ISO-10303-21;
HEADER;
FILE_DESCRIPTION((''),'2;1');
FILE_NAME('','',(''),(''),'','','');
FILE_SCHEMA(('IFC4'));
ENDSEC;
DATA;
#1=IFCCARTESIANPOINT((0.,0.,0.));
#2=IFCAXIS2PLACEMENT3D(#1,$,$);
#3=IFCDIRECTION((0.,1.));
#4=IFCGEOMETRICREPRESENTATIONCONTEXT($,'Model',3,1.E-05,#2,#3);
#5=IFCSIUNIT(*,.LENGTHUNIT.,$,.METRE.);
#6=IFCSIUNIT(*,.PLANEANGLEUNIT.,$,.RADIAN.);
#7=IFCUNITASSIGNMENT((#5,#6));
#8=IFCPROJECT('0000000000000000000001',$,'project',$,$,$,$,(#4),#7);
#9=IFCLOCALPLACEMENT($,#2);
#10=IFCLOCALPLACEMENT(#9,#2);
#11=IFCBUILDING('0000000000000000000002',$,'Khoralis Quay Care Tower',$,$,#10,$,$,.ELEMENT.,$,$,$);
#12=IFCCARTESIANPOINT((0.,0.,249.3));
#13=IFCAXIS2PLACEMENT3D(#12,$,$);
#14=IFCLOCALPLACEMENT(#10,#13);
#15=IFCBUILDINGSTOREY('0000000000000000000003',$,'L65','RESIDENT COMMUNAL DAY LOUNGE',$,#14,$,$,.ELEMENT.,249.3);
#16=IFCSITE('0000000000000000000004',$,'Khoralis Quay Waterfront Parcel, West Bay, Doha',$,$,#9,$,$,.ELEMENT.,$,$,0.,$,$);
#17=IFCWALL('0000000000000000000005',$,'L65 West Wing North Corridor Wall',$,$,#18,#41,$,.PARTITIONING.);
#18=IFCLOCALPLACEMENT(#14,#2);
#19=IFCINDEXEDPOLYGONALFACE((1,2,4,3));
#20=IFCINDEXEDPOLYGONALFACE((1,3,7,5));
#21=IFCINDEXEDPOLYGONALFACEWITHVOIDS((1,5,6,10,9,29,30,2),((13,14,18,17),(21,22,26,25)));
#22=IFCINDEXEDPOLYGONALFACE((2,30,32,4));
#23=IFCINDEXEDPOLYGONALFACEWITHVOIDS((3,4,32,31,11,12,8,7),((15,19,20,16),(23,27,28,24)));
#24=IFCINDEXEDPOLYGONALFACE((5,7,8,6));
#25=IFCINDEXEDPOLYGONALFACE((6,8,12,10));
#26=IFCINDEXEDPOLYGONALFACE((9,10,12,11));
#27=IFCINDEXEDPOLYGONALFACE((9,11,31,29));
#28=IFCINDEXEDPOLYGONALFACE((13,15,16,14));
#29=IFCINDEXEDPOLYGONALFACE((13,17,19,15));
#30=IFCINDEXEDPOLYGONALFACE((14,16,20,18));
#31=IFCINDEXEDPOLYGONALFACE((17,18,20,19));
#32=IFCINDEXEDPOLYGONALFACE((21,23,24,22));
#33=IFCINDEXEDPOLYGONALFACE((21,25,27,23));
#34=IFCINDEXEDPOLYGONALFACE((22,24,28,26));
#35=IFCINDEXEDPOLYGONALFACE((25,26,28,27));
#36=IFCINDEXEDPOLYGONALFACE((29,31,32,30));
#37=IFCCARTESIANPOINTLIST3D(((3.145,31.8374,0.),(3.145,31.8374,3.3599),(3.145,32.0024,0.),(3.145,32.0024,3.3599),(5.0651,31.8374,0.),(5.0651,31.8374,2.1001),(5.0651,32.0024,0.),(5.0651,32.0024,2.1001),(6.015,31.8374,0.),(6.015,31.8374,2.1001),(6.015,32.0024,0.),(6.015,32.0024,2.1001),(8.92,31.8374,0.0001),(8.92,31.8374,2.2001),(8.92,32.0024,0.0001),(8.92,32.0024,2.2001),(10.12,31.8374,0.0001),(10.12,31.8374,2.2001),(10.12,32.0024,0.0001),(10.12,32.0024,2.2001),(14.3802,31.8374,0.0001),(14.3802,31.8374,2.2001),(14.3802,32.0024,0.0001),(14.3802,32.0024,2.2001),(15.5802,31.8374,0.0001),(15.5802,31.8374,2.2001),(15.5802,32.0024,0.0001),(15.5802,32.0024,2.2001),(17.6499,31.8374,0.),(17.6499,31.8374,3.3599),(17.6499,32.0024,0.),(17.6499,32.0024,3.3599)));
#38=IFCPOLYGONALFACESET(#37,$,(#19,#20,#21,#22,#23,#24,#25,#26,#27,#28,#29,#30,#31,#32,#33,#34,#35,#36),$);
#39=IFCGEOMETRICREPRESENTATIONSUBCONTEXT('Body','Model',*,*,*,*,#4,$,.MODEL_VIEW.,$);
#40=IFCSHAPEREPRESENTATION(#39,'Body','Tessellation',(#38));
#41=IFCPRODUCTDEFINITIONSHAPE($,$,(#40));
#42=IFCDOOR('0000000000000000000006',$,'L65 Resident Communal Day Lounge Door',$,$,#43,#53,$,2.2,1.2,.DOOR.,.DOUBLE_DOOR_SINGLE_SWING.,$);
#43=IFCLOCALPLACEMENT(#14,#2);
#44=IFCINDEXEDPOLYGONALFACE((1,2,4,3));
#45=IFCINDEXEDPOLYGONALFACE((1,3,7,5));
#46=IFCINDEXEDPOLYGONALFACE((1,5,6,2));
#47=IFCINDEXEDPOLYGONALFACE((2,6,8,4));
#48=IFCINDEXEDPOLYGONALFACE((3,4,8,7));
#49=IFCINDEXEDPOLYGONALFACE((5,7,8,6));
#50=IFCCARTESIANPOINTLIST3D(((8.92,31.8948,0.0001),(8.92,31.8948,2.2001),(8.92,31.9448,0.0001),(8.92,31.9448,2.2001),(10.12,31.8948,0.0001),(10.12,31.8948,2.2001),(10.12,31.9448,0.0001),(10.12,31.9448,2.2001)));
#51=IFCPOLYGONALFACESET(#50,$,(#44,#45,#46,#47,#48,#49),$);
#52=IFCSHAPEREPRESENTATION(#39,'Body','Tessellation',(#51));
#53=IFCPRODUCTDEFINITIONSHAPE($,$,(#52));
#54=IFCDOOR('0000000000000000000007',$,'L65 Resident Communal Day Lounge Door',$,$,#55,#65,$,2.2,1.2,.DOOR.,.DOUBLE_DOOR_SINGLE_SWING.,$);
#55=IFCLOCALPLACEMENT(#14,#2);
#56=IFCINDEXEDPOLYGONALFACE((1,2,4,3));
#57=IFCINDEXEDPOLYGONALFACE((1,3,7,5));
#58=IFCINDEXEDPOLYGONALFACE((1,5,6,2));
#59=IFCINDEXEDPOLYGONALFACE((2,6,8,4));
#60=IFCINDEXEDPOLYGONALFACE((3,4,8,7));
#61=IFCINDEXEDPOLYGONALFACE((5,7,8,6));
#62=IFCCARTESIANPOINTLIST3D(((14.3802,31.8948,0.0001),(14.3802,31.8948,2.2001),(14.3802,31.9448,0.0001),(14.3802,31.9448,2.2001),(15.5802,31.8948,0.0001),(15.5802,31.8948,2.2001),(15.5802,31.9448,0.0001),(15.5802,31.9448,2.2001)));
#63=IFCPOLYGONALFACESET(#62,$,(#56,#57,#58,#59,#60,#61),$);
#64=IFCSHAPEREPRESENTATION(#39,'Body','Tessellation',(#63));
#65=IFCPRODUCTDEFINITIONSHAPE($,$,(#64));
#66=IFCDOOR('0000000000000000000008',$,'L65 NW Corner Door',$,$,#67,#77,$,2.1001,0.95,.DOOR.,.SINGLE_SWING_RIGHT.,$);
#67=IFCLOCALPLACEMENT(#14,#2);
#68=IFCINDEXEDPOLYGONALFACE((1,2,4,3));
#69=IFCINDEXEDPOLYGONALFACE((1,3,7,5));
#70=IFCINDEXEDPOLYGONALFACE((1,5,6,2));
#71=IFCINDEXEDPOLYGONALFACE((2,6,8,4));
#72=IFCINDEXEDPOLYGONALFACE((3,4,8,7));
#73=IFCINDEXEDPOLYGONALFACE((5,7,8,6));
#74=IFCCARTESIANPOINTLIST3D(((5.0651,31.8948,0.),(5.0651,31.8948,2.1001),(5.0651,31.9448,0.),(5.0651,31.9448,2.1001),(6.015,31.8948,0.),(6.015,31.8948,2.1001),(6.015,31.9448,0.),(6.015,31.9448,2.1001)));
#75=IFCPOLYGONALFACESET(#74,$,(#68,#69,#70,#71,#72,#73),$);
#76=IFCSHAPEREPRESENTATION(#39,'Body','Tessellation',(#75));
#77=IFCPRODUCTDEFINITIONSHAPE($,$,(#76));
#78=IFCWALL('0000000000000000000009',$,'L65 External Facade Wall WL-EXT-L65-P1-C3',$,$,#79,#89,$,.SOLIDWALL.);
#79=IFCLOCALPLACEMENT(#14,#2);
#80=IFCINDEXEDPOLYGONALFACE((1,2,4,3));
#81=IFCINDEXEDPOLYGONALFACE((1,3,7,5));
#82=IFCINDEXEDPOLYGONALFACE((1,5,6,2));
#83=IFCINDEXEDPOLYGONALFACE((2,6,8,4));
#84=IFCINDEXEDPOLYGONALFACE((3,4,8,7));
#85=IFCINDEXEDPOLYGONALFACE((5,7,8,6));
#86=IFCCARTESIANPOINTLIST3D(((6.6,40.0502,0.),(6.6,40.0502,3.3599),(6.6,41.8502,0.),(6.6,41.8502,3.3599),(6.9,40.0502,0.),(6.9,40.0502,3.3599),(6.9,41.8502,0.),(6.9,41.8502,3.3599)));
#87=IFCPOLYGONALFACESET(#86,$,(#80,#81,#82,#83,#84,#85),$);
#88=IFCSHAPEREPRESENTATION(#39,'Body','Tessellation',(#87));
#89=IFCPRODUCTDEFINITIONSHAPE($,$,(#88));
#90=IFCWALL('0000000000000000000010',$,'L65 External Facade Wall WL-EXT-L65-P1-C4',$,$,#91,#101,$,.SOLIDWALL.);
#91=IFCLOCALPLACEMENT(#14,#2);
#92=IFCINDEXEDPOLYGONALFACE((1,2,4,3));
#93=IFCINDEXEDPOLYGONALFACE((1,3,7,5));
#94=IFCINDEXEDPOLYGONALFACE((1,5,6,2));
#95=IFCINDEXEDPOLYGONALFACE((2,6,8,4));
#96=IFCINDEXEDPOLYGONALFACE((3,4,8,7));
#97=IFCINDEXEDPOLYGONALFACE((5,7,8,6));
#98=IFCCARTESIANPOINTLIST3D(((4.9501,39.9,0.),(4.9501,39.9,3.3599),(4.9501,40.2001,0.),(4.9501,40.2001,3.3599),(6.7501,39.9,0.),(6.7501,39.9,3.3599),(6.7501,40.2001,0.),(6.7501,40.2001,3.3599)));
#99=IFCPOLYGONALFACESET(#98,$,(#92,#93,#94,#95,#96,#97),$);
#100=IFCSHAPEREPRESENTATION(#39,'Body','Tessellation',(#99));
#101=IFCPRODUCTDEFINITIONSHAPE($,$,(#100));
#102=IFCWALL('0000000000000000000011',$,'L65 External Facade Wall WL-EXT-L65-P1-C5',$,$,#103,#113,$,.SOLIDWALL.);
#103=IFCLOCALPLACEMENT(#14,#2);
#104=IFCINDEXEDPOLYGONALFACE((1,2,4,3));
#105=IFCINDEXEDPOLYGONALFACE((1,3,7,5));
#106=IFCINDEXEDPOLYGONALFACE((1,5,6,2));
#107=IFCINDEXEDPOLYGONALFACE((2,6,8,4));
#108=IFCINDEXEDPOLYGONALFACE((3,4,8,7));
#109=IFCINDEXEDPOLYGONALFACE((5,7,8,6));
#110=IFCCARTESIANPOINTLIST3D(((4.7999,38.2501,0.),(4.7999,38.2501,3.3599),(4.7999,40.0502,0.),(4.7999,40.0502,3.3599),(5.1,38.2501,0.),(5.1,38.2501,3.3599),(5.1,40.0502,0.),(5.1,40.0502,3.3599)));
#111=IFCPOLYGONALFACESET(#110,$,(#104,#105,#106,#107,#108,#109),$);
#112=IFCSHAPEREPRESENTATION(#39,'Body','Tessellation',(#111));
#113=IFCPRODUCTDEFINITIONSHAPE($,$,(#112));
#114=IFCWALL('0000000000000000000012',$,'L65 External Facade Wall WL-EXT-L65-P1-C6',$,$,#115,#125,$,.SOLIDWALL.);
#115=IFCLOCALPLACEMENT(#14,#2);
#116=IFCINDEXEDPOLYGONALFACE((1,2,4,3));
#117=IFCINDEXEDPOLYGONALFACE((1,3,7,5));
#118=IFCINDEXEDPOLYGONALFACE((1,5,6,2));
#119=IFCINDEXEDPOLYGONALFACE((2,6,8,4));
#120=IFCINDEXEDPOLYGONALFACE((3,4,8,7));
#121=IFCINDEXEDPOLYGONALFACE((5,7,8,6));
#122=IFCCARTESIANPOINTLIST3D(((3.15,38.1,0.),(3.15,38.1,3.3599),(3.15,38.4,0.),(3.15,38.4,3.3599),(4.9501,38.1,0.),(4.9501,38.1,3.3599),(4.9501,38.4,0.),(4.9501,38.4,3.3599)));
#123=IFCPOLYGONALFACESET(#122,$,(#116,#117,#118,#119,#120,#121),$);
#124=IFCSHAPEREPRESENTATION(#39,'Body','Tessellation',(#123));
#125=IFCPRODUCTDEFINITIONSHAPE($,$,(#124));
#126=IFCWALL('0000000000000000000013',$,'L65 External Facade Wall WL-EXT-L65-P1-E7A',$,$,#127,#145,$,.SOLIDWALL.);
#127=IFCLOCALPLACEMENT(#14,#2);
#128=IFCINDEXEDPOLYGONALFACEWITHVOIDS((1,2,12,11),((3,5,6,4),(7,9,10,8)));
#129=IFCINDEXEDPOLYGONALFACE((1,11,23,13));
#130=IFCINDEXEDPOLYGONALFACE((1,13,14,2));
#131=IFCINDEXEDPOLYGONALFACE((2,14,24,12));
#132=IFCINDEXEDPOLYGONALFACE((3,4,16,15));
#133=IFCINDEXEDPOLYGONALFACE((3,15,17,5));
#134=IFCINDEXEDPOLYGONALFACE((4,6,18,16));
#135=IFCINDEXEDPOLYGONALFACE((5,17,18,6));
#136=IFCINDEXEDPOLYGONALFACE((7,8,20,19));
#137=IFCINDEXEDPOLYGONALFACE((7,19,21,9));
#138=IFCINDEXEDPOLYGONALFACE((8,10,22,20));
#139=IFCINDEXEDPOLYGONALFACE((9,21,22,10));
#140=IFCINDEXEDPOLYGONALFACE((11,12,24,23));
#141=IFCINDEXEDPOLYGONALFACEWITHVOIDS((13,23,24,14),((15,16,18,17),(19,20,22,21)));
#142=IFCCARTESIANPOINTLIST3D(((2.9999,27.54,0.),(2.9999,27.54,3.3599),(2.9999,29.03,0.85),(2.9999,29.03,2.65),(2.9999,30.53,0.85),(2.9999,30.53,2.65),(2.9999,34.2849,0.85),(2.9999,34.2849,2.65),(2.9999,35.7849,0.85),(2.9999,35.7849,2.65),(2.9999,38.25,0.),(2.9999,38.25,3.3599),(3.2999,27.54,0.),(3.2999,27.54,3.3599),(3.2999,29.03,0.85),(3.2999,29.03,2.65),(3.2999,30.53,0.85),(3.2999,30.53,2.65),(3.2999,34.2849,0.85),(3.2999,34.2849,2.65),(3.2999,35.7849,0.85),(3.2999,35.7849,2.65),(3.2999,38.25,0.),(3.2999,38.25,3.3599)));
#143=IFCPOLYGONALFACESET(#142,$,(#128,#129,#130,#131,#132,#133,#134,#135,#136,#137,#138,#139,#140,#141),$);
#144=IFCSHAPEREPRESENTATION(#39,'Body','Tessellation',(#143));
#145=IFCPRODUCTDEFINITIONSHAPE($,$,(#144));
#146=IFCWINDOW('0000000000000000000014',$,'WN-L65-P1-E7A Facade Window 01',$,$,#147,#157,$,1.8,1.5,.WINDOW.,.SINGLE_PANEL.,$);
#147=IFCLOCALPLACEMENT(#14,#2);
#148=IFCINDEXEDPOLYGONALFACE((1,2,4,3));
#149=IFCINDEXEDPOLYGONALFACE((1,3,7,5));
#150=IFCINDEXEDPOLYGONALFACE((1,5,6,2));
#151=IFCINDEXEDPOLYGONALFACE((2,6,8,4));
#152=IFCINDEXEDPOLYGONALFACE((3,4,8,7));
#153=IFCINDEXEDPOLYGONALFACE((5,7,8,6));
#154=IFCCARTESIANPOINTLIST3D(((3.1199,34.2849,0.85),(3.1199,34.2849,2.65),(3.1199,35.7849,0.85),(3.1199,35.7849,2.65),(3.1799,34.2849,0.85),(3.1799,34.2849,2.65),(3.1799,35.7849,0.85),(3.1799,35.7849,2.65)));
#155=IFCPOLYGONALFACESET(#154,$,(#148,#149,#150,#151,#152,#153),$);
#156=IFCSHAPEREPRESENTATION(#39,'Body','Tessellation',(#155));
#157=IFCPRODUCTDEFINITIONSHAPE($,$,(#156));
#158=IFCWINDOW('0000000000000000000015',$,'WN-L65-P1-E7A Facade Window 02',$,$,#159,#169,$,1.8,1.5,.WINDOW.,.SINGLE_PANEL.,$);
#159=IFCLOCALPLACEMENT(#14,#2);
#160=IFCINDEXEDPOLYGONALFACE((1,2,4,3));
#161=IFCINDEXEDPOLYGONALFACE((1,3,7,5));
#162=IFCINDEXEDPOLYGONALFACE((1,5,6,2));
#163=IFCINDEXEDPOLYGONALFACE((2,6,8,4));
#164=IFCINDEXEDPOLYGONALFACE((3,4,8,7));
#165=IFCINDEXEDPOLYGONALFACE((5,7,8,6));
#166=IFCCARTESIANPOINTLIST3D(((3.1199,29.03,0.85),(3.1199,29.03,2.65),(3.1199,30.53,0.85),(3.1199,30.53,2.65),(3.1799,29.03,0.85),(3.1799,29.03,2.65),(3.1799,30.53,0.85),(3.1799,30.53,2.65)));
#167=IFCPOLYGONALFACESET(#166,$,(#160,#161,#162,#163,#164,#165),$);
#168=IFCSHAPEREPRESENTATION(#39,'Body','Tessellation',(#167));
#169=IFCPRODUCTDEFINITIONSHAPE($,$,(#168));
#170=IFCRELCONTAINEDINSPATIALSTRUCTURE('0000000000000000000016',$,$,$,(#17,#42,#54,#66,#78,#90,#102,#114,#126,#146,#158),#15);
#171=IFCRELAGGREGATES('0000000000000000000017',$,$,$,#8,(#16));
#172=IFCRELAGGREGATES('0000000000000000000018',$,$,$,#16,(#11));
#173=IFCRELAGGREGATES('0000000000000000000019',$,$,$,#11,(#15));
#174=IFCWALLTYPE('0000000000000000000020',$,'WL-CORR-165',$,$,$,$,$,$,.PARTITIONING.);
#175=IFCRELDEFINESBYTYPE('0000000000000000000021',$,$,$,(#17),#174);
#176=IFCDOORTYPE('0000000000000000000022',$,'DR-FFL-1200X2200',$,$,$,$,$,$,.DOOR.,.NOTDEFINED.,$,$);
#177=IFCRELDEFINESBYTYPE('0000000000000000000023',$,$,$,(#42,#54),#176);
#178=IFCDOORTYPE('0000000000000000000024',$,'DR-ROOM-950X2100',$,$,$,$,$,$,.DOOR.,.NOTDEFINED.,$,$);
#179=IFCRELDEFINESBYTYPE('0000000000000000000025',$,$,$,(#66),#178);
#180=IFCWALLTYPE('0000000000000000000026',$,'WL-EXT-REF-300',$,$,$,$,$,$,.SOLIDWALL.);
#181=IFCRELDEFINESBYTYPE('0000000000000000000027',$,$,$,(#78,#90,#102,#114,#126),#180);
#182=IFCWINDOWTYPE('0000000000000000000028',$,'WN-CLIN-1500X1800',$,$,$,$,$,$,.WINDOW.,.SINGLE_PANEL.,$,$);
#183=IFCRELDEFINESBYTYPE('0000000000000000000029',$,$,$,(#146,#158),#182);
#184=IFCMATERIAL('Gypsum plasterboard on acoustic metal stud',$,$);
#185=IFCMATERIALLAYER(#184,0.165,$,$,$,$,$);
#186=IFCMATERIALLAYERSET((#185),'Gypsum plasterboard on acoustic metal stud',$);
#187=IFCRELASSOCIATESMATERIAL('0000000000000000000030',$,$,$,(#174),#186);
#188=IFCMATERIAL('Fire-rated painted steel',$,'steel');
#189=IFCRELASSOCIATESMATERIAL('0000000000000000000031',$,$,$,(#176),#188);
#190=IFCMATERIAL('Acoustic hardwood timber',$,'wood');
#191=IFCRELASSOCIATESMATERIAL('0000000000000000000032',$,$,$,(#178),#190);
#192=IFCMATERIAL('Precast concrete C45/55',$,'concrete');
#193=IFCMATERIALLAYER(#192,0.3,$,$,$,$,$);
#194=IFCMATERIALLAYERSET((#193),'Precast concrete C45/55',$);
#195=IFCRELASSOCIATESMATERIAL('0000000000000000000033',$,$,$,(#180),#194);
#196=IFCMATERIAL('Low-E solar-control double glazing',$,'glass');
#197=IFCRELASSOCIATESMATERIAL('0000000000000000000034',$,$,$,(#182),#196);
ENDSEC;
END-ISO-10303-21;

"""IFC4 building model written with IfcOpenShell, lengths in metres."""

from ifc_helpers import new_model, si_unit, direction, frame, frame_2d, origin, place, context, subcontext, project, spatial, rectangle, extrude, source, transform, mapped, material, layer, layer_set, type_object, element, fill, save


model = new_model("IFC4")

# Units and contexts
model_context = context("Model", 3, precision=1e-05, world=origin(), true_north=direction((0.0, 1.0)))
body_context = subcontext(model_context, "Body", "Model", "MODEL_VIEW")
ifc_project = project(units=[si_unit("LENGTHUNIT", "METRE"), si_unit("PLANEANGLEUNIT", "RADIAN")], contexts=[model_context])

# Site, building, storey
site_placement = place(None, origin())
site = spatial("IfcSite", under=ifc_project, at=site_placement, Name="Khoralis Quay Waterfront Parcel, West Bay, Doha", CompositionType="ELEMENT", RefElevation=0.0)
building_placement = place(site_placement, origin())
building = spatial("IfcBuilding", under=site, at=building_placement, Name="Khoralis Quay Care Tower", CompositionType="ELEMENT")
storey_placement = place(building_placement, frame((0.0, 0.0, 249.3)))
storey = spatial("IfcBuildingStorey", under=building, at=storey_placement, Name="L65", Description="RESIDENT COMMUNAL DAY LOUNGE", CompositionType="ELEMENT", Elevation=249.3)

# Shared definitions
ifc_material_1 = material(Name="Gypsum plasterboard on acoustic metal stud")
ifc_layer_1 = layer(ifc_material_1, 0.165)
ifc_layer_set_1 = layer_set([ifc_layer_1], Name="Gypsum plasterboard on acoustic metal stud")
wall_type_1 = type_object("IfcWallType", Name="WL-CORR-165", PredefinedType="PARTITIONING", material=ifc_layer_set_1)
ifc_material_2 = material(Name="Fire-rated painted steel", Category="steel")
door_type_1 = type_object("IfcDoorType", Name="DR-FFL-1200X2200", OperationType="NOTDEFINED", PredefinedType="DOOR", material=ifc_material_2)
shared_shape_1 = source(origin(), body_context, "Body", "SweptSolid", [
    extrude(rectangle(XDim=1.2, YDim=2.2, at=frame_2d((0.6001, 1.1001))), frame((0.0, 0.0249, 0.0), z_axis=(0.0, -1.0, 0.0), x_axis=(1.0, 0.0, 0.0)), (0.0, 0.0, 1.0), 0.05),
])

# Wall, openings, doors
wall_1_placement = place(storey_placement, frame((3.145, 31.9199, 0.0), z_axis=(0.0, 0.0, 1.0), x_axis=(1.0, 0.0, 0.0)))
wall_1 = element("IfcWall", 1, at=wall_1_placement, inside=storey, type_object=wall_type_1, Name="L65 West Wing North Corridor Wall", PredefinedType="PARTITIONING", context=body_context, shape_type="SweptSolid", body=[
    extrude(rectangle(XDim=14.5049, YDim=0.165, at=frame_2d((7.2524, 0.0))), origin(), (0.0, 0.0, 1.0), 3.3599),
])
opening_1_placement = place(wall_1_placement, frame((5.7749, 0.0, 0.0)))
opening_1 = element("IfcOpeningElement", 2, at=opening_1_placement, cuts=wall_1, PredefinedType="OPENING", context=body_context, shape_type="SweptSolid", body=[
    extrude(rectangle(XDim=1.2, YDim=2.2, at=frame_2d((0.6001, 1.1001))), frame((0.0, 0.0925, 0.0), z_axis=(0.0, -1.0, 0.0), x_axis=(1.0, 0.0, 0.0)), (0.0, 0.0, 1.0), 0.1851),
])
opening_2_placement = place(wall_1_placement, frame((11.2351, 0.0, 0.0)))
opening_2 = element("IfcOpeningElement", 3, at=opening_2_placement, cuts=wall_1, PredefinedType="OPENING", context=body_context, shape_type="SweptSolid", body=[
    extrude(rectangle(XDim=1.2, YDim=2.2, at=frame_2d((0.6001, 1.1001))), frame((0.0, 0.0925, 0.0), z_axis=(0.0, -1.0, 0.0), x_axis=(1.0, 0.0, 0.0)), (0.0, 0.0, 1.0), 0.1851),
])
opening_3_placement = place(wall_1_placement, frame((1.9199, 0.0, 0.0)))
opening_3 = element("IfcOpeningElement", 4, at=opening_3_placement, cuts=wall_1, PredefinedType="OPENING", context=body_context, shape_type="SweptSolid", body=[
    extrude(rectangle(XDim=0.95, YDim=2.1001, at=frame_2d((0.4751, 1.05))), frame((0.0, 0.0925, 0.0), z_axis=(0.0, -1.0, 0.0), x_axis=(1.0, 0.0, 0.0)), (0.0, 0.0, 1.0), 0.1851),
])
door_1_placement = place(opening_1_placement, origin())
door_1 = element("IfcDoor", 5, at=door_1_placement, inside=storey, type_object=door_type_1, Name="L65 Resident Communal Day Lounge Door", OperationType="DOUBLE_DOOR_SINGLE_SWING", OverallHeight=2.2, OverallWidth=1.2, PredefinedType="DOOR", context=body_context, shape_type="MappedRepresentation", body=[
    mapped(shared_shape_1, transform((0.0, 0.0, 0.0), scale=1.0)),
])
fill(opening_1, door_1)
door_2_placement = place(opening_2_placement, origin())
door_2 = element("IfcDoor", 6, at=door_2_placement, inside=storey, type_object=door_type_1, Name="L65 Resident Communal Day Lounge Door", OperationType="DOUBLE_DOOR_SINGLE_SWING", OverallHeight=2.2, OverallWidth=1.2, PredefinedType="DOOR", context=body_context, shape_type="MappedRepresentation", body=[
    mapped(shared_shape_1, transform((0.0, 0.0, 0.0), scale=1.0)),
])
fill(opening_2, door_2)
ifc_material_3 = material(Name="Acoustic hardwood timber", Category="wood")
door_type_2 = type_object("IfcDoorType", Name="DR-ROOM-950X2100", OperationType="NOTDEFINED", PredefinedType="DOOR", material=ifc_material_3)
shared_shape_2 = source(origin(), body_context, "Body", "SweptSolid", [
    extrude(rectangle(XDim=0.95, YDim=2.1001, at=frame_2d((0.4751, 1.05))), frame((0.0, 0.0249, 0.0), z_axis=(0.0, -1.0, 0.0), x_axis=(1.0, 0.0, 0.0)), (0.0, 0.0, 1.0), 0.05),
])
door_3_placement = place(opening_3_placement, origin())
door_3 = element("IfcDoor", 7, at=door_3_placement, inside=storey, type_object=door_type_2, Name="L65 NW Corner Door", OperationType="SINGLE_SWING_RIGHT", OverallHeight=2.1001, OverallWidth=0.95, PredefinedType="DOOR", context=body_context, shape_type="MappedRepresentation", body=[
    mapped(shared_shape_2, transform((0.0, 0.0, 0.0), scale=1.0)),
])
fill(opening_3, door_3)

# Walls
ifc_material_4 = material(Name="Precast concrete C45/55", Category="concrete")
ifc_layer_2 = layer(ifc_material_4, 0.3)
ifc_layer_set_2 = layer_set([ifc_layer_2], Name="Precast concrete C45/55")
wall_type_2 = type_object("IfcWallType", Name="WL-EXT-REF-300", PredefinedType="SOLIDWALL", material=ifc_layer_set_2)
for number, where, z_axis, x_axis, name in (
    (8, (6.75, 41.8501, 0.0), (0.0, 0.0, 1.0), (0.0, -1.0, 0.0), "L65 External Facade Wall WL-EXT-L65-P1-C3"),
    (9, (6.75, 40.05, 0.0), (0.0, 0.0, 1.0), (-1.0, 0.0, 0.0), "L65 External Facade Wall WL-EXT-L65-P1-C4"),
    (10, (4.95, 40.05, 0.0), (0.0, 0.0, 1.0), (0.0, -1.0, 0.0), "L65 External Facade Wall WL-EXT-L65-P1-C5"),
    (11, (4.95, 38.25, 0.0), (0.0, 0.0, 1.0), (-1.0, 0.0, 0.0), "L65 External Facade Wall WL-EXT-L65-P1-C6"),
):
    element("IfcWall", number, at=place(storey_placement, frame(where, z_axis=z_axis, x_axis=x_axis)), inside=storey, type_object=wall_type_2, Name=name, PredefinedType="SOLIDWALL", context=body_context, shape_type="SweptSolid", body=[
        extrude(rectangle(XDim=1.8, YDim=0.3, at=frame_2d((0.8999, 0.0))), origin(), (0.0, 0.0, 1.0), 3.3599),
    ])

# Wall, openings, windows
wall_2_placement = place(storey_placement, frame((3.1499, 38.25, 0.0), z_axis=(0.0, 0.0, 1.0), x_axis=(0.0, -1.0, 0.0)))
wall_2 = element("IfcWall", 12, at=wall_2_placement, inside=storey, type_object=wall_type_2, Name="L65 External Facade Wall WL-EXT-L65-P1-E7A", PredefinedType="SOLIDWALL", context=body_context, shape_type="SweptSolid", body=[
    extrude(rectangle(XDim=10.71, YDim=0.3, at=frame_2d((5.355, 0.0))), origin(), (0.0, 0.0, 1.0), 3.3599),
])
opening_4_placement = place(wall_2_placement, frame((2.4651, 0.0, 0.8501)))
opening_4 = element("IfcOpeningElement", 13, at=opening_4_placement, cuts=wall_2, PredefinedType="OPENING", context=body_context, shape_type="SweptSolid", body=[
    extrude(rectangle(XDim=1.5, YDim=1.8, at=frame_2d((0.75, 0.8999))), frame((0.0, 0.1602, 0.0), z_axis=(0.0, -1.0, 0.0), x_axis=(1.0, 0.0, 0.0)), (0.0, 0.0, 1.0), 0.3201),
])
opening_5_placement = place(wall_2_placement, frame((7.72, 0.0, 0.8501)))
opening_5 = element("IfcOpeningElement", 14, at=opening_5_placement, cuts=wall_2, PredefinedType="OPENING", context=body_context, shape_type="SweptSolid", body=[
    extrude(rectangle(XDim=1.5, YDim=1.8, at=frame_2d((0.75, 0.8999))), frame((0.0, 0.1602, 0.0), z_axis=(0.0, -1.0, 0.0), x_axis=(1.0, 0.0, 0.0)), (0.0, 0.0, 1.0), 0.3201),
])
ifc_material_5 = material(Name="Low-E solar-control double glazing", Category="glass")
window_type = type_object("IfcWindowType", Name="WN-CLIN-1500X1800", PartitioningType="SINGLE_PANEL", PredefinedType="WINDOW", material=ifc_material_5)
shared_shape_3 = source(origin(), body_context, "Body", "SweptSolid", [
    extrude(rectangle(XDim=1.5, YDim=1.8, at=frame_2d((0.75, 0.8999))), frame((0.0, 0.03, 0.0), z_axis=(0.0, -1.0, 0.0), x_axis=(1.0, 0.0, 0.0)), (0.0, 0.0, 1.0), 0.0601),
])
window_1_placement = place(opening_4_placement, origin())
window_1 = element("IfcWindow", 15, at=window_1_placement, inside=storey, type_object=window_type, Name="WN-L65-P1-E7A Facade Window 01", OverallHeight=1.8, OverallWidth=1.5, PartitioningType="SINGLE_PANEL", PredefinedType="WINDOW", context=body_context, shape_type="MappedRepresentation", body=[
    mapped(shared_shape_3, transform((0.0, 0.0, 0.0), scale=1.0)),
])
fill(opening_4, window_1)
window_2_placement = place(opening_5_placement, origin())
window_2 = element("IfcWindow", 16, at=window_2_placement, inside=storey, type_object=window_type, Name="WN-L65-P1-E7A Facade Window 02", OverallHeight=1.8, OverallWidth=1.5, PartitioningType="SINGLE_PANEL", PredefinedType="WINDOW", context=body_context, shape_type="MappedRepresentation", body=[
    mapped(shared_shape_3, transform((0.0, 0.0, 0.0), scale=1.0)),
])
fill(opening_5, window_2)

save(model, "model.ifc")
